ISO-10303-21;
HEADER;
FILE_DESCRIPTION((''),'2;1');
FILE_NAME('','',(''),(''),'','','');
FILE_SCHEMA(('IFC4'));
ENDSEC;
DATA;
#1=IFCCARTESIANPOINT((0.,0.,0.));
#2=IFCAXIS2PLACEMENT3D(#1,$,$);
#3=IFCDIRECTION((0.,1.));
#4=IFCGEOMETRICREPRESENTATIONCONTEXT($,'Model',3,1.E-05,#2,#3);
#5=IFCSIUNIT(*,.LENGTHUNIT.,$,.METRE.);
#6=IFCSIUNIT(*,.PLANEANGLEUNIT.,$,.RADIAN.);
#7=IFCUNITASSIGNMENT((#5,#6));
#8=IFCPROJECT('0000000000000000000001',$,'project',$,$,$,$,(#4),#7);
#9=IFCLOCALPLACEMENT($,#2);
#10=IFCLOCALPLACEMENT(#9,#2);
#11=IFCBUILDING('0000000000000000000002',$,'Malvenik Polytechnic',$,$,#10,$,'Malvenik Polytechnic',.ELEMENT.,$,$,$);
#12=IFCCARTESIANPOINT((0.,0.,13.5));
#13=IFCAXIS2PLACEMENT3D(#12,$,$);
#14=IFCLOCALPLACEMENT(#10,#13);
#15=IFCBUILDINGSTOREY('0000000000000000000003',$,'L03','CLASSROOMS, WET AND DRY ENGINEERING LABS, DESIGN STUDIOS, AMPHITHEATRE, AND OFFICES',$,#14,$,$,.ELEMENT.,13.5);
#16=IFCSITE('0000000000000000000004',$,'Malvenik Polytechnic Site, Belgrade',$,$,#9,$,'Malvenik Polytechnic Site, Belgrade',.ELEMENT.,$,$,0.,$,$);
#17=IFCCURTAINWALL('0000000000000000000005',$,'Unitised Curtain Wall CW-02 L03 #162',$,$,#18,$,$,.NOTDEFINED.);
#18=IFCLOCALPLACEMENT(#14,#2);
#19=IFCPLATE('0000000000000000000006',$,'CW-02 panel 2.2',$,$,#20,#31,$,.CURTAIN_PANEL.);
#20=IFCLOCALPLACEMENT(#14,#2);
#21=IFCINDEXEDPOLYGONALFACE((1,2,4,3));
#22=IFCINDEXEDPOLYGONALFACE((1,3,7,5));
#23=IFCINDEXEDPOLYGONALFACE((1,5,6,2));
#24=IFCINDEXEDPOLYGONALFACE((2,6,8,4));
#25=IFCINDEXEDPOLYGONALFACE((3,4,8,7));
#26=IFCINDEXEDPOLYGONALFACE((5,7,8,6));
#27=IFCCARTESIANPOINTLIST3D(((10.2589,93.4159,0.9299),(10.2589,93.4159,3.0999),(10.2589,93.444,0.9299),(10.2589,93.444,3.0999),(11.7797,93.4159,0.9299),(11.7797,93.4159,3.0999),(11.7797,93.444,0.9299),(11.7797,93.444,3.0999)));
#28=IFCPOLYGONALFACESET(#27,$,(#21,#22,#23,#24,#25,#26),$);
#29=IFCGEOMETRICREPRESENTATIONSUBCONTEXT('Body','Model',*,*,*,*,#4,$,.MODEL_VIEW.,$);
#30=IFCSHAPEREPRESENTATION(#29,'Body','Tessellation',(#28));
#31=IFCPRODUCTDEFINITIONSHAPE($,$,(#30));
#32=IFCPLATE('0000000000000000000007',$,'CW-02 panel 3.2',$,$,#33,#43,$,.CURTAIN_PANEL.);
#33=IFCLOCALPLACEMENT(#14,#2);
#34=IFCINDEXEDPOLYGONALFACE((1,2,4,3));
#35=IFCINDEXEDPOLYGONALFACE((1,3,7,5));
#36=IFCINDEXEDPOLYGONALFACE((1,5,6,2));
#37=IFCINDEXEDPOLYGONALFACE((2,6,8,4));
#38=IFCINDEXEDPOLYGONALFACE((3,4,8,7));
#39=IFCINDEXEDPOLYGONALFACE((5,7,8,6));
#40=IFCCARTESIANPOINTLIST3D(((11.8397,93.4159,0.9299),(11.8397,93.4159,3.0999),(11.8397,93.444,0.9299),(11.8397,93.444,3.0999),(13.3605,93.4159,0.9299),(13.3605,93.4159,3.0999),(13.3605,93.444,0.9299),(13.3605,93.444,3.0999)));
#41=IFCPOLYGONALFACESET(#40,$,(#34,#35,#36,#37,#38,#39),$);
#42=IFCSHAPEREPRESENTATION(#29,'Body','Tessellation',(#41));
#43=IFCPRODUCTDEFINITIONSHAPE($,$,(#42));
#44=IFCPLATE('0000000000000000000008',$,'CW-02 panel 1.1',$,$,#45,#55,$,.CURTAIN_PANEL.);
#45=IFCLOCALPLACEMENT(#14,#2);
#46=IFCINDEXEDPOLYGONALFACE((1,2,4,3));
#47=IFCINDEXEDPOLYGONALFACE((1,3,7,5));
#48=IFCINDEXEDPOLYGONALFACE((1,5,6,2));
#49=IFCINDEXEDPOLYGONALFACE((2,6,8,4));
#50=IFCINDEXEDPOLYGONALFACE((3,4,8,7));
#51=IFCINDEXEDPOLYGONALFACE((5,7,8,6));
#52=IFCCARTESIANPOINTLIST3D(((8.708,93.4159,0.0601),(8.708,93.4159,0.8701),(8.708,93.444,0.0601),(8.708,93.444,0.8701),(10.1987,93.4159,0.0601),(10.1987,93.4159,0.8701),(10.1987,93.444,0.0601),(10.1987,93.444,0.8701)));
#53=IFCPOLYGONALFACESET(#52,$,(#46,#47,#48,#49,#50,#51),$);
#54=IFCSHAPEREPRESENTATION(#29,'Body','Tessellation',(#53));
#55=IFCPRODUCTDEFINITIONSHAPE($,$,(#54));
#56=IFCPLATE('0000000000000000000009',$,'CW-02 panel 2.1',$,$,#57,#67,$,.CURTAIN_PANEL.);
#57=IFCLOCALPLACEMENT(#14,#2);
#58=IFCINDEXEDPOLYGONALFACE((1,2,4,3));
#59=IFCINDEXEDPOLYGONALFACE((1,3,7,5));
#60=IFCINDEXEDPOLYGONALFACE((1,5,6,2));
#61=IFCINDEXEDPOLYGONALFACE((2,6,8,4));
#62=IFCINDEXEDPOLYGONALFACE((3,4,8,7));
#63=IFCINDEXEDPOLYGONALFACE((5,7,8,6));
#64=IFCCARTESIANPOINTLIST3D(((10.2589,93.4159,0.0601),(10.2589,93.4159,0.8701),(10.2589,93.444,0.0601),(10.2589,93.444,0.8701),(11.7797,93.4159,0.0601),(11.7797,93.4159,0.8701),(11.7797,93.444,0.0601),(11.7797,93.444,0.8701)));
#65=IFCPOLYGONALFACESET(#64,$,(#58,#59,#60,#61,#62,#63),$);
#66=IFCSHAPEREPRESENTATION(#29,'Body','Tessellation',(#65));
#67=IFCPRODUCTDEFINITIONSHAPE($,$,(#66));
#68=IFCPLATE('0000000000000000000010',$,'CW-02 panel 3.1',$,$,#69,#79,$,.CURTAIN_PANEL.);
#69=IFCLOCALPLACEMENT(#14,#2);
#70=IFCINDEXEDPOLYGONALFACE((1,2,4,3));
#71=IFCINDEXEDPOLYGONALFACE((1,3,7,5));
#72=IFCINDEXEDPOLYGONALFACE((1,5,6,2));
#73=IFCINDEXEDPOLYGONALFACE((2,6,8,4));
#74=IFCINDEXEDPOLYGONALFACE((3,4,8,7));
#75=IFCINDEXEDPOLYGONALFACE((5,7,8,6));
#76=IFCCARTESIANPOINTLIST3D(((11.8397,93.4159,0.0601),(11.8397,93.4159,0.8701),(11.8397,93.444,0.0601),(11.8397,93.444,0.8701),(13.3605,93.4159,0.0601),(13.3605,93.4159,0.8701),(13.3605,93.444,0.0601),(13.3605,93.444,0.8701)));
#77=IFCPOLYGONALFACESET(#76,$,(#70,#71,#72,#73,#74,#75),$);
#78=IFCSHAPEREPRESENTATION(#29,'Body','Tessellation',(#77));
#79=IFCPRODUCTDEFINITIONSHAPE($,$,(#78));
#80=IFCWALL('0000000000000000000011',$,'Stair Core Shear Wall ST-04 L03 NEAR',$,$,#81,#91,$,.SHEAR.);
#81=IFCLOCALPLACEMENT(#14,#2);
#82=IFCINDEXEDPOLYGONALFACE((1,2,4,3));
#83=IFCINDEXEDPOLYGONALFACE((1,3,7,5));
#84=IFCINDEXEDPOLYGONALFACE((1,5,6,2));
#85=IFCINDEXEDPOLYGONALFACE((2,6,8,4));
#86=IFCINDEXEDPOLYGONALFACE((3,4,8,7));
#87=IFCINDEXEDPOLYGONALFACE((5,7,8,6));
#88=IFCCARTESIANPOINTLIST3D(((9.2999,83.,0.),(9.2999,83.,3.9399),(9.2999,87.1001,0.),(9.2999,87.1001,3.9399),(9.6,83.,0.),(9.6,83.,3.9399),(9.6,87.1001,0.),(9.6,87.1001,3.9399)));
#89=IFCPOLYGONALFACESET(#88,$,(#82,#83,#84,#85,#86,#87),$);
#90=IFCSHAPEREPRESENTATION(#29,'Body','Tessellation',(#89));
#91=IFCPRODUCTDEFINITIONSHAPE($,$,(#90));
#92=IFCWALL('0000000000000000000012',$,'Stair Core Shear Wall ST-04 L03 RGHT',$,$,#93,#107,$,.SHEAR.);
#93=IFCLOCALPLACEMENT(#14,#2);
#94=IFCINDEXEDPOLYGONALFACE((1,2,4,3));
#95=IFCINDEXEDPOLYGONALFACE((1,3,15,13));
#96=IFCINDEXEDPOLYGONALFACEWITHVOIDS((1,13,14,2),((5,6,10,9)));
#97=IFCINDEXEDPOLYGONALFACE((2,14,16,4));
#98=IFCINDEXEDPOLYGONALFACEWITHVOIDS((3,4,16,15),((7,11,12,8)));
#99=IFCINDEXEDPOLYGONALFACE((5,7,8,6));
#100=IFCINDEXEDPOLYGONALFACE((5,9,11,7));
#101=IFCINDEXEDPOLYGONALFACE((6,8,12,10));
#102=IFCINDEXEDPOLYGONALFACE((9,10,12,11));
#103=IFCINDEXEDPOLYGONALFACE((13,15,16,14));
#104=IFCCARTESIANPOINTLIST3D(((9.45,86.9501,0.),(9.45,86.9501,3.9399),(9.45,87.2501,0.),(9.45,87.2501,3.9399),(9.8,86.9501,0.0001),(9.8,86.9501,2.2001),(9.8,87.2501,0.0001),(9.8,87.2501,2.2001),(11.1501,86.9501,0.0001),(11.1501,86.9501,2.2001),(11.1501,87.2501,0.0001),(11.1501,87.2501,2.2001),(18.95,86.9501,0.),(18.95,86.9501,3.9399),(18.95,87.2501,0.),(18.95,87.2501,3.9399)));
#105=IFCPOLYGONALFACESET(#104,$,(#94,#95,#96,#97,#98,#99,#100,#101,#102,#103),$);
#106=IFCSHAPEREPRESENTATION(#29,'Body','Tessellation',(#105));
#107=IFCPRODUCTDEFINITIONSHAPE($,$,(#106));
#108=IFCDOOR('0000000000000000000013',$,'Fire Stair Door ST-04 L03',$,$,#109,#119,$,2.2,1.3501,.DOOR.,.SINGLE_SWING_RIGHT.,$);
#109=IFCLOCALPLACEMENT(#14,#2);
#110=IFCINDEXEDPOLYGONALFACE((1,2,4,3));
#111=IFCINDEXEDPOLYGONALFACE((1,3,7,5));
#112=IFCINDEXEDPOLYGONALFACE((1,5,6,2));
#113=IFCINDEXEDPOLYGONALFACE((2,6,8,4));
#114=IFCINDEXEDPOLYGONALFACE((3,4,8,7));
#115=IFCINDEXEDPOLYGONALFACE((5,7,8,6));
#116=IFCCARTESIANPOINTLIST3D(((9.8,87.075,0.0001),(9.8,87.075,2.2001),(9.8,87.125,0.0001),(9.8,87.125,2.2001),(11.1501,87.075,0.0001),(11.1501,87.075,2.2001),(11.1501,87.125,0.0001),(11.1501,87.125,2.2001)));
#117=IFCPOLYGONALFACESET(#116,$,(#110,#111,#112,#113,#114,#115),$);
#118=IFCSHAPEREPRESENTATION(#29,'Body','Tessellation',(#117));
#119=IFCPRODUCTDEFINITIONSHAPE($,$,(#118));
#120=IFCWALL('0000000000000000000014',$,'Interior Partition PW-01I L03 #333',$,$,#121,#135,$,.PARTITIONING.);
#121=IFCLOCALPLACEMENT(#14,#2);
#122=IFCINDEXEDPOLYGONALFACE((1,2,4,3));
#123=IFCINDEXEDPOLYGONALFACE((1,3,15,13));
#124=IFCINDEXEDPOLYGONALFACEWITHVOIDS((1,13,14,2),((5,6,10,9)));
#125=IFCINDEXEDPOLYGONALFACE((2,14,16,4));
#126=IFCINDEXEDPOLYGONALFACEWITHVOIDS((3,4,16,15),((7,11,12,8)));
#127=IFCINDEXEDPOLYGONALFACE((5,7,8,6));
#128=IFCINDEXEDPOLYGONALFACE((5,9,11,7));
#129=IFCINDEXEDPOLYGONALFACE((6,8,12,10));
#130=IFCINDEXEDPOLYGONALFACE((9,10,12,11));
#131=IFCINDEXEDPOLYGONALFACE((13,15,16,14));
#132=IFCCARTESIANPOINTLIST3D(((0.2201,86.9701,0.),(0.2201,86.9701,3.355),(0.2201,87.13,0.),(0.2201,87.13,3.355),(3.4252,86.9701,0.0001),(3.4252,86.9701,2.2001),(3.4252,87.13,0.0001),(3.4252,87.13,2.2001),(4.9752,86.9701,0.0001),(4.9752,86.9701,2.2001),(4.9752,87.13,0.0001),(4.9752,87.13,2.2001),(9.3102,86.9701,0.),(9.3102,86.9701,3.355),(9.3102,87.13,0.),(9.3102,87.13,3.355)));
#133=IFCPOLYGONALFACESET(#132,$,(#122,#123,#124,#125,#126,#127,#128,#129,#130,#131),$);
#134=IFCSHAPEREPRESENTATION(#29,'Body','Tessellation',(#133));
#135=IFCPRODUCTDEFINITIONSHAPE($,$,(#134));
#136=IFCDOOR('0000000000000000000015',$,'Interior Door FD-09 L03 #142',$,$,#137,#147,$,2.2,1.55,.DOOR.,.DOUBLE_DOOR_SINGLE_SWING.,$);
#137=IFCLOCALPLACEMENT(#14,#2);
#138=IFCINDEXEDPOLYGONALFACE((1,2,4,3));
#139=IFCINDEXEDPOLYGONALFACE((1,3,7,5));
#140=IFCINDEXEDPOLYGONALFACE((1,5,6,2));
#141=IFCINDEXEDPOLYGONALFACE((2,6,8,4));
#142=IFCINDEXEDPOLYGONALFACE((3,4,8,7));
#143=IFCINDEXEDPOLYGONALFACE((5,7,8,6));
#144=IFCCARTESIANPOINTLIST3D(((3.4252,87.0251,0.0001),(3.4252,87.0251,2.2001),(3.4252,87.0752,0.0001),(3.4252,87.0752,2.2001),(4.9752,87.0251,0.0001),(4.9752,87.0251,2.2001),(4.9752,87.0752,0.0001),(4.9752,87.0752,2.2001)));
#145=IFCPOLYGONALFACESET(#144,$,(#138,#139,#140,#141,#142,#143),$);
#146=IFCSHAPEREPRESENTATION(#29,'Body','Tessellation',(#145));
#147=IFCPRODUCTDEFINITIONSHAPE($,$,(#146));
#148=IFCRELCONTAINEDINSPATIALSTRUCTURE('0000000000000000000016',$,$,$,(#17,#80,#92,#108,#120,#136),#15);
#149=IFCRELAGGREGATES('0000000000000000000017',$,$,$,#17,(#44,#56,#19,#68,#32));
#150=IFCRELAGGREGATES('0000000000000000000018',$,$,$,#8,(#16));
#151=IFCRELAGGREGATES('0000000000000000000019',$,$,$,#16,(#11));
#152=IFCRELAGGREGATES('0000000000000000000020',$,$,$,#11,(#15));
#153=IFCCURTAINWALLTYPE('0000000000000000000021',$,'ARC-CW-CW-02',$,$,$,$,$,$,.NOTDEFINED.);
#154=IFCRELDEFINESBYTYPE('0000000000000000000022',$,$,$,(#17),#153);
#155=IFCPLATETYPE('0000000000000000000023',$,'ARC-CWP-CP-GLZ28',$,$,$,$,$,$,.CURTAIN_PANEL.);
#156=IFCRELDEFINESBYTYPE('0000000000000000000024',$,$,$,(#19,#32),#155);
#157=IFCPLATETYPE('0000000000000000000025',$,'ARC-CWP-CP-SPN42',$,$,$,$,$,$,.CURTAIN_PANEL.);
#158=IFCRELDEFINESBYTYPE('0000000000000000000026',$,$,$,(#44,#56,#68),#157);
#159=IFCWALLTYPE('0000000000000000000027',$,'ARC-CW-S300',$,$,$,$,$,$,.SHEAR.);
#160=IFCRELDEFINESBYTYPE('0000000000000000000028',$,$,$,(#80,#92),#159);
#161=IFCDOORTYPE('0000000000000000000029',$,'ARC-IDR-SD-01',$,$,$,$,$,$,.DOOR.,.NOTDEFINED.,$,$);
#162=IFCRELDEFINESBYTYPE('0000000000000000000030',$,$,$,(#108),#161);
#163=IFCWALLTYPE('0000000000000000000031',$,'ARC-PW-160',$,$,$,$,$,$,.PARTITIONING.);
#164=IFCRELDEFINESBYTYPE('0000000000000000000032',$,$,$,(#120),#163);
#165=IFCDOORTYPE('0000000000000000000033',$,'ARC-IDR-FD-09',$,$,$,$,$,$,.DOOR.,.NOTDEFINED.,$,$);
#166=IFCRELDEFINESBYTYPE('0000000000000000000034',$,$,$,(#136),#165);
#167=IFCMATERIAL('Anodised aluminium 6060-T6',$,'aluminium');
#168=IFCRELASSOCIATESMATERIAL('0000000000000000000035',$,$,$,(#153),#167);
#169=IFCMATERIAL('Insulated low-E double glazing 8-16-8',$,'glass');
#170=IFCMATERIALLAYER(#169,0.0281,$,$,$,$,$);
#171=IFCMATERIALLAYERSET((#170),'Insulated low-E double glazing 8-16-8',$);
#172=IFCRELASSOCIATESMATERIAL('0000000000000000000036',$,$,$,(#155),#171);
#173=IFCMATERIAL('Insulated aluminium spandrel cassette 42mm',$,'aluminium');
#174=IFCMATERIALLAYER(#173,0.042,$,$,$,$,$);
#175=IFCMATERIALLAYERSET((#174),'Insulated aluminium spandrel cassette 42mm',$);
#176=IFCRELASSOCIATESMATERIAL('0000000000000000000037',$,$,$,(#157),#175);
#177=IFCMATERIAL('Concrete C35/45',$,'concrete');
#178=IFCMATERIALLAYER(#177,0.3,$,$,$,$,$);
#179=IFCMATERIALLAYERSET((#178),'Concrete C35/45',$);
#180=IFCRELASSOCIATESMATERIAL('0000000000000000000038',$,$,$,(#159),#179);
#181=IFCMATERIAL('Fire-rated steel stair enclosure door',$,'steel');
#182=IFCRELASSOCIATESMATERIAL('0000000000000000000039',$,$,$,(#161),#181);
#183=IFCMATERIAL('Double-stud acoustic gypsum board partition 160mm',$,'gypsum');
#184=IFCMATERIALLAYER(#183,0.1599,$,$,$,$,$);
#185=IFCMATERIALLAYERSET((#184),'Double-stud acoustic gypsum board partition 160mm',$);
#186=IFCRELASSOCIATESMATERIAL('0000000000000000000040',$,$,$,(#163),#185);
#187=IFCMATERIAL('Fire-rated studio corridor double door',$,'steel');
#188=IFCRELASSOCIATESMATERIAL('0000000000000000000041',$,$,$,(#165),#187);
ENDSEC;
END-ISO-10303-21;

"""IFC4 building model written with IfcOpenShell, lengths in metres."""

from ifc_helpers import new_model, si_unit, direction, frame, frame_2d, origin, origin_2d, place, context, subcontext, project, spatial, rectangle, extrude, material, layer, layer_set, type_object, element, fill, aggregate, save


model = new_model("IFC4")

# Units and contexts
model_context = context("Model", 3, precision=1e-05, world=origin(), true_north=direction((0.0, 1.0)))
body_context = subcontext(model_context, "Body", "Model", "MODEL_VIEW")
ifc_project = project(units=[si_unit("LENGTHUNIT", "METRE"), si_unit("PLANEANGLEUNIT", "RADIAN")], contexts=[model_context])

# Site, building, storey
site_placement = place(None, origin())
site = spatial("IfcSite", under=ifc_project, at=site_placement, Name="Malvenik Polytechnic Site, Belgrade", LongName="Malvenik Polytechnic Site, Belgrade", CompositionType="ELEMENT", RefElevation=0.0)
building_placement = place(site_placement, origin())
building = spatial("IfcBuilding", under=site, at=building_placement, Name="Malvenik Polytechnic", LongName="Malvenik Polytechnic", CompositionType="ELEMENT")
storey_placement = place(building_placement, frame((0.0, 0.0, 13.5)))
storey = spatial("IfcBuildingStorey", under=building, at=storey_placement, Name="L03", Description="CLASSROOMS, WET AND DRY ENGINEERING LABS, DESIGN STUDIOS, AMPHITHEATRE, AND OFFICES", CompositionType="ELEMENT", Elevation=13.5)

# Curtain wall, plates
ifc_material_1 = material(Name="Anodised aluminium 6060-T6", Category="aluminium")
curtain_wall_type = type_object("IfcCurtainWallType", Name="ARC-CW-CW-02", PredefinedType="NOTDEFINED", material=ifc_material_1)
curtain_wall_placement = place(storey_placement, origin())
curtain_wall = element("IfcCurtainWall", 1, at=curtain_wall_placement, inside=storey, type_object=curtain_wall_type, Name="Unitised Curtain Wall CW-02 L03 #162", PredefinedType="NOTDEFINED")
ifc_material_2 = material(Name="Insulated low-E double glazing 8-16-8", Category="glass")
ifc_layer_1 = layer(ifc_material_2, 0.0281)
ifc_layer_set_1 = layer_set([ifc_layer_1], Name="Insulated low-E double glazing 8-16-8")
plate_type_1 = type_object("IfcPlateType", Name="ARC-CWP-CP-GLZ28", PredefinedType="CURTAIN_PANEL", material=ifc_layer_set_1)
plate_1_placement = place(storey_placement, frame((11.0193, 93.4299, 0.9299), z_axis=(0.0, 0.0, 1.0), x_axis=(1.0, 0.0, 0.0)))
plate_1 = element("IfcPlate", 2, at=plate_1_placement, type_object=plate_type_1, Name="CW-02 panel 2.2", PredefinedType="CURTAIN_PANEL", context=body_context, shape_type="SweptSolid", body=[
    extrude(rectangle(XDim=1.5208, YDim=0.0281, at=origin_2d()), origin(), (0.0, 0.0, 1.0), 2.1699),
])
plate_2_placement = place(storey_placement, frame((12.6001, 93.4299, 0.9299), z_axis=(0.0, 0.0, 1.0), x_axis=(1.0, 0.0, 0.0)))
plate_2 = element("IfcPlate", 3, at=plate_2_placement, type_object=plate_type_1, Name="CW-02 panel 3.2", PredefinedType="CURTAIN_PANEL", context=body_context, shape_type="SweptSolid", body=[
    extrude(rectangle(XDim=1.5208, YDim=0.0281, at=origin_2d()), origin(), (0.0, 0.0, 1.0), 2.1699),
])
ifc_material_3 = material(Name="Insulated aluminium spandrel cassette 42mm", Category="aluminium")
ifc_layer_2 = layer(ifc_material_3, 0.042)
ifc_layer_set_2 = layer_set([ifc_layer_2], Name="Insulated aluminium spandrel cassette 42mm")
plate_type_2 = type_object("IfcPlateType", Name="ARC-CWP-CP-SPN42", PredefinedType="CURTAIN_PANEL", material=ifc_layer_set_2)
plate_3_placement = place(storey_placement, frame((9.4534, 93.4299, 0.0601), z_axis=(0.0, 0.0, 1.0), x_axis=(1.0, 0.0, 0.0)))
plate_3 = element("IfcPlate", 4, at=plate_3_placement, type_object=plate_type_2, Name="CW-02 panel 1.1", PredefinedType="CURTAIN_PANEL", context=body_context, shape_type="SweptSolid", body=[
    extrude(rectangle(XDim=1.4907, YDim=0.0281, at=origin_2d()), origin(), (0.0, 0.0, 1.0), 0.8101),
])
plate_4_placement = place(storey_placement, frame((11.0193, 93.4299, 0.0601), z_axis=(0.0, 0.0, 1.0), x_axis=(1.0, 0.0, 0.0)))
plate_4 = element("IfcPlate", 5, at=plate_4_placement, type_object=plate_type_2, Name="CW-02 panel 2.1", PredefinedType="CURTAIN_PANEL", context=body_context, shape_type="SweptSolid", body=[
    extrude(rectangle(XDim=1.5208, YDim=0.0281, at=origin_2d()), origin(), (0.0, 0.0, 1.0), 0.8101),
])
plate_5_placement = place(storey_placement, frame((12.6001, 93.4299, 0.0601), z_axis=(0.0, 0.0, 1.0), x_axis=(1.0, 0.0, 0.0)))
plate_5 = element("IfcPlate", 6, at=plate_5_placement, type_object=plate_type_2, Name="CW-02 panel 3.1", PredefinedType="CURTAIN_PANEL", context=body_context, shape_type="SweptSolid", body=[
    extrude(rectangle(XDim=1.5208, YDim=0.0281, at=origin_2d()), origin(), (0.0, 0.0, 1.0), 0.8101),
])
aggregate(curtain_wall, [plate_3, plate_4, plate_1, plate_5, plate_2])

# Wall
ifc_material_4 = material(Name="Concrete C35/45", Category="concrete")
ifc_layer_3 = layer(ifc_material_4, 0.3)
ifc_layer_set_3 = layer_set([ifc_layer_3], Name="Concrete C35/45")
wall_type_1 = type_object("IfcWallType", Name="ARC-CW-S300", PredefinedType="SHEAR", material=ifc_layer_set_3)
wall_1_placement = place(storey_placement, frame((9.45, 83.0, 0.0), z_axis=(0.0, 0.0, 1.0), x_axis=(0.0, 1.0, 0.0)))
element("IfcWall", 7, at=wall_1_placement, inside=storey, type_object=wall_type_1, Name="Stair Core Shear Wall ST-04 L03 NEAR", PredefinedType="SHEAR", context=body_context, shape_type="SweptSolid", body=[
    extrude(rectangle(XDim=4.1001, YDim=0.3, at=frame_2d((2.05, 0.0))), origin(), (0.0, 0.0, 1.0), 3.9399),
])

# Walls, openings, doors
wall_2_placement = place(storey_placement, frame((9.45, 87.1001, 0.0), z_axis=(0.0, 0.0, 1.0), x_axis=(1.0, 0.0, 0.0)))
wall_2 = element("IfcWall", 8, at=wall_2_placement, inside=storey, type_object=wall_type_1, Name="Stair Core Shear Wall ST-04 L03 RGHT", PredefinedType="SHEAR", context=body_context, shape_type="SweptSolid", body=[
    extrude(rectangle(XDim=9.5, YDim=0.3, at=frame_2d((4.75, 0.0))), origin(), (0.0, 0.0, 1.0), 3.9399),
])
opening_1_placement = place(wall_2_placement, frame((0.3501, 0.0, 0.0)))
opening_1 = element("IfcOpeningElement", 9, at=opening_1_placement, cuts=wall_2, PredefinedType="OPENING", context=body_context, shape_type="SweptSolid", body=[
    extrude(rectangle(XDim=1.3501, YDim=2.2, at=frame_2d((0.675, 1.1001))), frame((0.0, 0.1602, 0.0), z_axis=(0.0, -1.0, 0.0), x_axis=(1.0, 0.0, 0.0)), (0.0, 0.0, 1.0), 0.3201),
])
ifc_material_5 = material(Name="Fire-rated steel stair enclosure door", Category="steel")
door_type_1 = type_object("IfcDoorType", Name="ARC-IDR-SD-01", OperationType="NOTDEFINED", PredefinedType="DOOR", material=ifc_material_5)
door_1_placement = place(opening_1_placement, origin())
door_1 = element("IfcDoor", 10, at=door_1_placement, inside=storey, type_object=door_type_1, Name="Fire Stair Door ST-04 L03", OperationType="SINGLE_SWING_RIGHT", OverallHeight=2.2, OverallWidth=1.3501, PredefinedType="DOOR", context=body_context, shape_type="SweptSolid", body=[
    extrude(rectangle(XDim=1.3501, YDim=2.2, at=frame_2d((0.675, 1.1001))), frame((0.0, 0.0249, 0.0), z_axis=(0.0, -1.0, 0.0), x_axis=(1.0, 0.0, 0.0)), (0.0, 0.0, 1.0), 0.05),
])
fill(opening_1, door_1)
ifc_material_6 = material(Name="Double-stud acoustic gypsum board partition 160mm", Category="gypsum")
ifc_layer_4 = layer(ifc_material_6, 0.1599)
ifc_layer_set_4 = layer_set([ifc_layer_4], Name="Double-stud acoustic gypsum board partition 160mm")
wall_type_2 = type_object("IfcWallType", Name="ARC-PW-160", PredefinedType="PARTITIONING", material=ifc_layer_set_4)
wall_3_placement = place(storey_placement, frame((9.3101, 87.05, 0.0), z_axis=(0.0, 0.0, 1.0), x_axis=(-1.0, 0.0, 0.0)))
wall_3 = element("IfcWall", 11, at=wall_3_placement, inside=storey, type_object=wall_type_2, Name="Interior Partition PW-01I L03 #333", PredefinedType="PARTITIONING", context=body_context, shape_type="SweptSolid", body=[
    extrude(rectangle(XDim=9.0901, YDim=0.1599, at=frame_2d((4.5449, 0.0))), origin(), (0.0, 0.0, 1.0), 3.355),
])
opening_2_placement = place(wall_3_placement, frame((4.335, 0.0, 0.0)))
opening_2 = element("IfcOpeningElement", 12, at=opening_2_placement, cuts=wall_3, PredefinedType="OPENING", context=body_context, shape_type="SweptSolid", body=[
    extrude(rectangle(XDim=1.55, YDim=2.2, at=frame_2d((0.7749, 1.1001))), frame((0.0, 0.0898, 0.0), z_axis=(0.0, -1.0, 0.0), x_axis=(1.0, 0.0, 0.0)), (0.0, 0.0, 1.0), 0.1799),
])
ifc_material_7 = material(Name="Fire-rated studio corridor double door", Category="steel")
door_type_2 = type_object("IfcDoorType", Name="ARC-IDR-FD-09", OperationType="NOTDEFINED", PredefinedType="DOOR", material=ifc_material_7)
door_2_placement = place(opening_2_placement, origin())
door_2 = element("IfcDoor", 13, at=door_2_placement, inside=storey, type_object=door_type_2, Name="Interior Door FD-09 L03 #142", OperationType="DOUBLE_DOOR_SINGLE_SWING", OverallHeight=2.2, OverallWidth=1.55, PredefinedType="DOOR", context=body_context, shape_type="SweptSolid", body=[
    extrude(rectangle(XDim=1.55, YDim=2.2, at=frame_2d((0.7749, 1.1001))), frame((0.0, 0.0249, 0.0), z_axis=(0.0, -1.0, 0.0), x_axis=(1.0, 0.0, 0.0)), (0.0, 0.0, 1.0), 0.05),
])
fill(opening_2, door_2)

save(model, "model.ifc")
